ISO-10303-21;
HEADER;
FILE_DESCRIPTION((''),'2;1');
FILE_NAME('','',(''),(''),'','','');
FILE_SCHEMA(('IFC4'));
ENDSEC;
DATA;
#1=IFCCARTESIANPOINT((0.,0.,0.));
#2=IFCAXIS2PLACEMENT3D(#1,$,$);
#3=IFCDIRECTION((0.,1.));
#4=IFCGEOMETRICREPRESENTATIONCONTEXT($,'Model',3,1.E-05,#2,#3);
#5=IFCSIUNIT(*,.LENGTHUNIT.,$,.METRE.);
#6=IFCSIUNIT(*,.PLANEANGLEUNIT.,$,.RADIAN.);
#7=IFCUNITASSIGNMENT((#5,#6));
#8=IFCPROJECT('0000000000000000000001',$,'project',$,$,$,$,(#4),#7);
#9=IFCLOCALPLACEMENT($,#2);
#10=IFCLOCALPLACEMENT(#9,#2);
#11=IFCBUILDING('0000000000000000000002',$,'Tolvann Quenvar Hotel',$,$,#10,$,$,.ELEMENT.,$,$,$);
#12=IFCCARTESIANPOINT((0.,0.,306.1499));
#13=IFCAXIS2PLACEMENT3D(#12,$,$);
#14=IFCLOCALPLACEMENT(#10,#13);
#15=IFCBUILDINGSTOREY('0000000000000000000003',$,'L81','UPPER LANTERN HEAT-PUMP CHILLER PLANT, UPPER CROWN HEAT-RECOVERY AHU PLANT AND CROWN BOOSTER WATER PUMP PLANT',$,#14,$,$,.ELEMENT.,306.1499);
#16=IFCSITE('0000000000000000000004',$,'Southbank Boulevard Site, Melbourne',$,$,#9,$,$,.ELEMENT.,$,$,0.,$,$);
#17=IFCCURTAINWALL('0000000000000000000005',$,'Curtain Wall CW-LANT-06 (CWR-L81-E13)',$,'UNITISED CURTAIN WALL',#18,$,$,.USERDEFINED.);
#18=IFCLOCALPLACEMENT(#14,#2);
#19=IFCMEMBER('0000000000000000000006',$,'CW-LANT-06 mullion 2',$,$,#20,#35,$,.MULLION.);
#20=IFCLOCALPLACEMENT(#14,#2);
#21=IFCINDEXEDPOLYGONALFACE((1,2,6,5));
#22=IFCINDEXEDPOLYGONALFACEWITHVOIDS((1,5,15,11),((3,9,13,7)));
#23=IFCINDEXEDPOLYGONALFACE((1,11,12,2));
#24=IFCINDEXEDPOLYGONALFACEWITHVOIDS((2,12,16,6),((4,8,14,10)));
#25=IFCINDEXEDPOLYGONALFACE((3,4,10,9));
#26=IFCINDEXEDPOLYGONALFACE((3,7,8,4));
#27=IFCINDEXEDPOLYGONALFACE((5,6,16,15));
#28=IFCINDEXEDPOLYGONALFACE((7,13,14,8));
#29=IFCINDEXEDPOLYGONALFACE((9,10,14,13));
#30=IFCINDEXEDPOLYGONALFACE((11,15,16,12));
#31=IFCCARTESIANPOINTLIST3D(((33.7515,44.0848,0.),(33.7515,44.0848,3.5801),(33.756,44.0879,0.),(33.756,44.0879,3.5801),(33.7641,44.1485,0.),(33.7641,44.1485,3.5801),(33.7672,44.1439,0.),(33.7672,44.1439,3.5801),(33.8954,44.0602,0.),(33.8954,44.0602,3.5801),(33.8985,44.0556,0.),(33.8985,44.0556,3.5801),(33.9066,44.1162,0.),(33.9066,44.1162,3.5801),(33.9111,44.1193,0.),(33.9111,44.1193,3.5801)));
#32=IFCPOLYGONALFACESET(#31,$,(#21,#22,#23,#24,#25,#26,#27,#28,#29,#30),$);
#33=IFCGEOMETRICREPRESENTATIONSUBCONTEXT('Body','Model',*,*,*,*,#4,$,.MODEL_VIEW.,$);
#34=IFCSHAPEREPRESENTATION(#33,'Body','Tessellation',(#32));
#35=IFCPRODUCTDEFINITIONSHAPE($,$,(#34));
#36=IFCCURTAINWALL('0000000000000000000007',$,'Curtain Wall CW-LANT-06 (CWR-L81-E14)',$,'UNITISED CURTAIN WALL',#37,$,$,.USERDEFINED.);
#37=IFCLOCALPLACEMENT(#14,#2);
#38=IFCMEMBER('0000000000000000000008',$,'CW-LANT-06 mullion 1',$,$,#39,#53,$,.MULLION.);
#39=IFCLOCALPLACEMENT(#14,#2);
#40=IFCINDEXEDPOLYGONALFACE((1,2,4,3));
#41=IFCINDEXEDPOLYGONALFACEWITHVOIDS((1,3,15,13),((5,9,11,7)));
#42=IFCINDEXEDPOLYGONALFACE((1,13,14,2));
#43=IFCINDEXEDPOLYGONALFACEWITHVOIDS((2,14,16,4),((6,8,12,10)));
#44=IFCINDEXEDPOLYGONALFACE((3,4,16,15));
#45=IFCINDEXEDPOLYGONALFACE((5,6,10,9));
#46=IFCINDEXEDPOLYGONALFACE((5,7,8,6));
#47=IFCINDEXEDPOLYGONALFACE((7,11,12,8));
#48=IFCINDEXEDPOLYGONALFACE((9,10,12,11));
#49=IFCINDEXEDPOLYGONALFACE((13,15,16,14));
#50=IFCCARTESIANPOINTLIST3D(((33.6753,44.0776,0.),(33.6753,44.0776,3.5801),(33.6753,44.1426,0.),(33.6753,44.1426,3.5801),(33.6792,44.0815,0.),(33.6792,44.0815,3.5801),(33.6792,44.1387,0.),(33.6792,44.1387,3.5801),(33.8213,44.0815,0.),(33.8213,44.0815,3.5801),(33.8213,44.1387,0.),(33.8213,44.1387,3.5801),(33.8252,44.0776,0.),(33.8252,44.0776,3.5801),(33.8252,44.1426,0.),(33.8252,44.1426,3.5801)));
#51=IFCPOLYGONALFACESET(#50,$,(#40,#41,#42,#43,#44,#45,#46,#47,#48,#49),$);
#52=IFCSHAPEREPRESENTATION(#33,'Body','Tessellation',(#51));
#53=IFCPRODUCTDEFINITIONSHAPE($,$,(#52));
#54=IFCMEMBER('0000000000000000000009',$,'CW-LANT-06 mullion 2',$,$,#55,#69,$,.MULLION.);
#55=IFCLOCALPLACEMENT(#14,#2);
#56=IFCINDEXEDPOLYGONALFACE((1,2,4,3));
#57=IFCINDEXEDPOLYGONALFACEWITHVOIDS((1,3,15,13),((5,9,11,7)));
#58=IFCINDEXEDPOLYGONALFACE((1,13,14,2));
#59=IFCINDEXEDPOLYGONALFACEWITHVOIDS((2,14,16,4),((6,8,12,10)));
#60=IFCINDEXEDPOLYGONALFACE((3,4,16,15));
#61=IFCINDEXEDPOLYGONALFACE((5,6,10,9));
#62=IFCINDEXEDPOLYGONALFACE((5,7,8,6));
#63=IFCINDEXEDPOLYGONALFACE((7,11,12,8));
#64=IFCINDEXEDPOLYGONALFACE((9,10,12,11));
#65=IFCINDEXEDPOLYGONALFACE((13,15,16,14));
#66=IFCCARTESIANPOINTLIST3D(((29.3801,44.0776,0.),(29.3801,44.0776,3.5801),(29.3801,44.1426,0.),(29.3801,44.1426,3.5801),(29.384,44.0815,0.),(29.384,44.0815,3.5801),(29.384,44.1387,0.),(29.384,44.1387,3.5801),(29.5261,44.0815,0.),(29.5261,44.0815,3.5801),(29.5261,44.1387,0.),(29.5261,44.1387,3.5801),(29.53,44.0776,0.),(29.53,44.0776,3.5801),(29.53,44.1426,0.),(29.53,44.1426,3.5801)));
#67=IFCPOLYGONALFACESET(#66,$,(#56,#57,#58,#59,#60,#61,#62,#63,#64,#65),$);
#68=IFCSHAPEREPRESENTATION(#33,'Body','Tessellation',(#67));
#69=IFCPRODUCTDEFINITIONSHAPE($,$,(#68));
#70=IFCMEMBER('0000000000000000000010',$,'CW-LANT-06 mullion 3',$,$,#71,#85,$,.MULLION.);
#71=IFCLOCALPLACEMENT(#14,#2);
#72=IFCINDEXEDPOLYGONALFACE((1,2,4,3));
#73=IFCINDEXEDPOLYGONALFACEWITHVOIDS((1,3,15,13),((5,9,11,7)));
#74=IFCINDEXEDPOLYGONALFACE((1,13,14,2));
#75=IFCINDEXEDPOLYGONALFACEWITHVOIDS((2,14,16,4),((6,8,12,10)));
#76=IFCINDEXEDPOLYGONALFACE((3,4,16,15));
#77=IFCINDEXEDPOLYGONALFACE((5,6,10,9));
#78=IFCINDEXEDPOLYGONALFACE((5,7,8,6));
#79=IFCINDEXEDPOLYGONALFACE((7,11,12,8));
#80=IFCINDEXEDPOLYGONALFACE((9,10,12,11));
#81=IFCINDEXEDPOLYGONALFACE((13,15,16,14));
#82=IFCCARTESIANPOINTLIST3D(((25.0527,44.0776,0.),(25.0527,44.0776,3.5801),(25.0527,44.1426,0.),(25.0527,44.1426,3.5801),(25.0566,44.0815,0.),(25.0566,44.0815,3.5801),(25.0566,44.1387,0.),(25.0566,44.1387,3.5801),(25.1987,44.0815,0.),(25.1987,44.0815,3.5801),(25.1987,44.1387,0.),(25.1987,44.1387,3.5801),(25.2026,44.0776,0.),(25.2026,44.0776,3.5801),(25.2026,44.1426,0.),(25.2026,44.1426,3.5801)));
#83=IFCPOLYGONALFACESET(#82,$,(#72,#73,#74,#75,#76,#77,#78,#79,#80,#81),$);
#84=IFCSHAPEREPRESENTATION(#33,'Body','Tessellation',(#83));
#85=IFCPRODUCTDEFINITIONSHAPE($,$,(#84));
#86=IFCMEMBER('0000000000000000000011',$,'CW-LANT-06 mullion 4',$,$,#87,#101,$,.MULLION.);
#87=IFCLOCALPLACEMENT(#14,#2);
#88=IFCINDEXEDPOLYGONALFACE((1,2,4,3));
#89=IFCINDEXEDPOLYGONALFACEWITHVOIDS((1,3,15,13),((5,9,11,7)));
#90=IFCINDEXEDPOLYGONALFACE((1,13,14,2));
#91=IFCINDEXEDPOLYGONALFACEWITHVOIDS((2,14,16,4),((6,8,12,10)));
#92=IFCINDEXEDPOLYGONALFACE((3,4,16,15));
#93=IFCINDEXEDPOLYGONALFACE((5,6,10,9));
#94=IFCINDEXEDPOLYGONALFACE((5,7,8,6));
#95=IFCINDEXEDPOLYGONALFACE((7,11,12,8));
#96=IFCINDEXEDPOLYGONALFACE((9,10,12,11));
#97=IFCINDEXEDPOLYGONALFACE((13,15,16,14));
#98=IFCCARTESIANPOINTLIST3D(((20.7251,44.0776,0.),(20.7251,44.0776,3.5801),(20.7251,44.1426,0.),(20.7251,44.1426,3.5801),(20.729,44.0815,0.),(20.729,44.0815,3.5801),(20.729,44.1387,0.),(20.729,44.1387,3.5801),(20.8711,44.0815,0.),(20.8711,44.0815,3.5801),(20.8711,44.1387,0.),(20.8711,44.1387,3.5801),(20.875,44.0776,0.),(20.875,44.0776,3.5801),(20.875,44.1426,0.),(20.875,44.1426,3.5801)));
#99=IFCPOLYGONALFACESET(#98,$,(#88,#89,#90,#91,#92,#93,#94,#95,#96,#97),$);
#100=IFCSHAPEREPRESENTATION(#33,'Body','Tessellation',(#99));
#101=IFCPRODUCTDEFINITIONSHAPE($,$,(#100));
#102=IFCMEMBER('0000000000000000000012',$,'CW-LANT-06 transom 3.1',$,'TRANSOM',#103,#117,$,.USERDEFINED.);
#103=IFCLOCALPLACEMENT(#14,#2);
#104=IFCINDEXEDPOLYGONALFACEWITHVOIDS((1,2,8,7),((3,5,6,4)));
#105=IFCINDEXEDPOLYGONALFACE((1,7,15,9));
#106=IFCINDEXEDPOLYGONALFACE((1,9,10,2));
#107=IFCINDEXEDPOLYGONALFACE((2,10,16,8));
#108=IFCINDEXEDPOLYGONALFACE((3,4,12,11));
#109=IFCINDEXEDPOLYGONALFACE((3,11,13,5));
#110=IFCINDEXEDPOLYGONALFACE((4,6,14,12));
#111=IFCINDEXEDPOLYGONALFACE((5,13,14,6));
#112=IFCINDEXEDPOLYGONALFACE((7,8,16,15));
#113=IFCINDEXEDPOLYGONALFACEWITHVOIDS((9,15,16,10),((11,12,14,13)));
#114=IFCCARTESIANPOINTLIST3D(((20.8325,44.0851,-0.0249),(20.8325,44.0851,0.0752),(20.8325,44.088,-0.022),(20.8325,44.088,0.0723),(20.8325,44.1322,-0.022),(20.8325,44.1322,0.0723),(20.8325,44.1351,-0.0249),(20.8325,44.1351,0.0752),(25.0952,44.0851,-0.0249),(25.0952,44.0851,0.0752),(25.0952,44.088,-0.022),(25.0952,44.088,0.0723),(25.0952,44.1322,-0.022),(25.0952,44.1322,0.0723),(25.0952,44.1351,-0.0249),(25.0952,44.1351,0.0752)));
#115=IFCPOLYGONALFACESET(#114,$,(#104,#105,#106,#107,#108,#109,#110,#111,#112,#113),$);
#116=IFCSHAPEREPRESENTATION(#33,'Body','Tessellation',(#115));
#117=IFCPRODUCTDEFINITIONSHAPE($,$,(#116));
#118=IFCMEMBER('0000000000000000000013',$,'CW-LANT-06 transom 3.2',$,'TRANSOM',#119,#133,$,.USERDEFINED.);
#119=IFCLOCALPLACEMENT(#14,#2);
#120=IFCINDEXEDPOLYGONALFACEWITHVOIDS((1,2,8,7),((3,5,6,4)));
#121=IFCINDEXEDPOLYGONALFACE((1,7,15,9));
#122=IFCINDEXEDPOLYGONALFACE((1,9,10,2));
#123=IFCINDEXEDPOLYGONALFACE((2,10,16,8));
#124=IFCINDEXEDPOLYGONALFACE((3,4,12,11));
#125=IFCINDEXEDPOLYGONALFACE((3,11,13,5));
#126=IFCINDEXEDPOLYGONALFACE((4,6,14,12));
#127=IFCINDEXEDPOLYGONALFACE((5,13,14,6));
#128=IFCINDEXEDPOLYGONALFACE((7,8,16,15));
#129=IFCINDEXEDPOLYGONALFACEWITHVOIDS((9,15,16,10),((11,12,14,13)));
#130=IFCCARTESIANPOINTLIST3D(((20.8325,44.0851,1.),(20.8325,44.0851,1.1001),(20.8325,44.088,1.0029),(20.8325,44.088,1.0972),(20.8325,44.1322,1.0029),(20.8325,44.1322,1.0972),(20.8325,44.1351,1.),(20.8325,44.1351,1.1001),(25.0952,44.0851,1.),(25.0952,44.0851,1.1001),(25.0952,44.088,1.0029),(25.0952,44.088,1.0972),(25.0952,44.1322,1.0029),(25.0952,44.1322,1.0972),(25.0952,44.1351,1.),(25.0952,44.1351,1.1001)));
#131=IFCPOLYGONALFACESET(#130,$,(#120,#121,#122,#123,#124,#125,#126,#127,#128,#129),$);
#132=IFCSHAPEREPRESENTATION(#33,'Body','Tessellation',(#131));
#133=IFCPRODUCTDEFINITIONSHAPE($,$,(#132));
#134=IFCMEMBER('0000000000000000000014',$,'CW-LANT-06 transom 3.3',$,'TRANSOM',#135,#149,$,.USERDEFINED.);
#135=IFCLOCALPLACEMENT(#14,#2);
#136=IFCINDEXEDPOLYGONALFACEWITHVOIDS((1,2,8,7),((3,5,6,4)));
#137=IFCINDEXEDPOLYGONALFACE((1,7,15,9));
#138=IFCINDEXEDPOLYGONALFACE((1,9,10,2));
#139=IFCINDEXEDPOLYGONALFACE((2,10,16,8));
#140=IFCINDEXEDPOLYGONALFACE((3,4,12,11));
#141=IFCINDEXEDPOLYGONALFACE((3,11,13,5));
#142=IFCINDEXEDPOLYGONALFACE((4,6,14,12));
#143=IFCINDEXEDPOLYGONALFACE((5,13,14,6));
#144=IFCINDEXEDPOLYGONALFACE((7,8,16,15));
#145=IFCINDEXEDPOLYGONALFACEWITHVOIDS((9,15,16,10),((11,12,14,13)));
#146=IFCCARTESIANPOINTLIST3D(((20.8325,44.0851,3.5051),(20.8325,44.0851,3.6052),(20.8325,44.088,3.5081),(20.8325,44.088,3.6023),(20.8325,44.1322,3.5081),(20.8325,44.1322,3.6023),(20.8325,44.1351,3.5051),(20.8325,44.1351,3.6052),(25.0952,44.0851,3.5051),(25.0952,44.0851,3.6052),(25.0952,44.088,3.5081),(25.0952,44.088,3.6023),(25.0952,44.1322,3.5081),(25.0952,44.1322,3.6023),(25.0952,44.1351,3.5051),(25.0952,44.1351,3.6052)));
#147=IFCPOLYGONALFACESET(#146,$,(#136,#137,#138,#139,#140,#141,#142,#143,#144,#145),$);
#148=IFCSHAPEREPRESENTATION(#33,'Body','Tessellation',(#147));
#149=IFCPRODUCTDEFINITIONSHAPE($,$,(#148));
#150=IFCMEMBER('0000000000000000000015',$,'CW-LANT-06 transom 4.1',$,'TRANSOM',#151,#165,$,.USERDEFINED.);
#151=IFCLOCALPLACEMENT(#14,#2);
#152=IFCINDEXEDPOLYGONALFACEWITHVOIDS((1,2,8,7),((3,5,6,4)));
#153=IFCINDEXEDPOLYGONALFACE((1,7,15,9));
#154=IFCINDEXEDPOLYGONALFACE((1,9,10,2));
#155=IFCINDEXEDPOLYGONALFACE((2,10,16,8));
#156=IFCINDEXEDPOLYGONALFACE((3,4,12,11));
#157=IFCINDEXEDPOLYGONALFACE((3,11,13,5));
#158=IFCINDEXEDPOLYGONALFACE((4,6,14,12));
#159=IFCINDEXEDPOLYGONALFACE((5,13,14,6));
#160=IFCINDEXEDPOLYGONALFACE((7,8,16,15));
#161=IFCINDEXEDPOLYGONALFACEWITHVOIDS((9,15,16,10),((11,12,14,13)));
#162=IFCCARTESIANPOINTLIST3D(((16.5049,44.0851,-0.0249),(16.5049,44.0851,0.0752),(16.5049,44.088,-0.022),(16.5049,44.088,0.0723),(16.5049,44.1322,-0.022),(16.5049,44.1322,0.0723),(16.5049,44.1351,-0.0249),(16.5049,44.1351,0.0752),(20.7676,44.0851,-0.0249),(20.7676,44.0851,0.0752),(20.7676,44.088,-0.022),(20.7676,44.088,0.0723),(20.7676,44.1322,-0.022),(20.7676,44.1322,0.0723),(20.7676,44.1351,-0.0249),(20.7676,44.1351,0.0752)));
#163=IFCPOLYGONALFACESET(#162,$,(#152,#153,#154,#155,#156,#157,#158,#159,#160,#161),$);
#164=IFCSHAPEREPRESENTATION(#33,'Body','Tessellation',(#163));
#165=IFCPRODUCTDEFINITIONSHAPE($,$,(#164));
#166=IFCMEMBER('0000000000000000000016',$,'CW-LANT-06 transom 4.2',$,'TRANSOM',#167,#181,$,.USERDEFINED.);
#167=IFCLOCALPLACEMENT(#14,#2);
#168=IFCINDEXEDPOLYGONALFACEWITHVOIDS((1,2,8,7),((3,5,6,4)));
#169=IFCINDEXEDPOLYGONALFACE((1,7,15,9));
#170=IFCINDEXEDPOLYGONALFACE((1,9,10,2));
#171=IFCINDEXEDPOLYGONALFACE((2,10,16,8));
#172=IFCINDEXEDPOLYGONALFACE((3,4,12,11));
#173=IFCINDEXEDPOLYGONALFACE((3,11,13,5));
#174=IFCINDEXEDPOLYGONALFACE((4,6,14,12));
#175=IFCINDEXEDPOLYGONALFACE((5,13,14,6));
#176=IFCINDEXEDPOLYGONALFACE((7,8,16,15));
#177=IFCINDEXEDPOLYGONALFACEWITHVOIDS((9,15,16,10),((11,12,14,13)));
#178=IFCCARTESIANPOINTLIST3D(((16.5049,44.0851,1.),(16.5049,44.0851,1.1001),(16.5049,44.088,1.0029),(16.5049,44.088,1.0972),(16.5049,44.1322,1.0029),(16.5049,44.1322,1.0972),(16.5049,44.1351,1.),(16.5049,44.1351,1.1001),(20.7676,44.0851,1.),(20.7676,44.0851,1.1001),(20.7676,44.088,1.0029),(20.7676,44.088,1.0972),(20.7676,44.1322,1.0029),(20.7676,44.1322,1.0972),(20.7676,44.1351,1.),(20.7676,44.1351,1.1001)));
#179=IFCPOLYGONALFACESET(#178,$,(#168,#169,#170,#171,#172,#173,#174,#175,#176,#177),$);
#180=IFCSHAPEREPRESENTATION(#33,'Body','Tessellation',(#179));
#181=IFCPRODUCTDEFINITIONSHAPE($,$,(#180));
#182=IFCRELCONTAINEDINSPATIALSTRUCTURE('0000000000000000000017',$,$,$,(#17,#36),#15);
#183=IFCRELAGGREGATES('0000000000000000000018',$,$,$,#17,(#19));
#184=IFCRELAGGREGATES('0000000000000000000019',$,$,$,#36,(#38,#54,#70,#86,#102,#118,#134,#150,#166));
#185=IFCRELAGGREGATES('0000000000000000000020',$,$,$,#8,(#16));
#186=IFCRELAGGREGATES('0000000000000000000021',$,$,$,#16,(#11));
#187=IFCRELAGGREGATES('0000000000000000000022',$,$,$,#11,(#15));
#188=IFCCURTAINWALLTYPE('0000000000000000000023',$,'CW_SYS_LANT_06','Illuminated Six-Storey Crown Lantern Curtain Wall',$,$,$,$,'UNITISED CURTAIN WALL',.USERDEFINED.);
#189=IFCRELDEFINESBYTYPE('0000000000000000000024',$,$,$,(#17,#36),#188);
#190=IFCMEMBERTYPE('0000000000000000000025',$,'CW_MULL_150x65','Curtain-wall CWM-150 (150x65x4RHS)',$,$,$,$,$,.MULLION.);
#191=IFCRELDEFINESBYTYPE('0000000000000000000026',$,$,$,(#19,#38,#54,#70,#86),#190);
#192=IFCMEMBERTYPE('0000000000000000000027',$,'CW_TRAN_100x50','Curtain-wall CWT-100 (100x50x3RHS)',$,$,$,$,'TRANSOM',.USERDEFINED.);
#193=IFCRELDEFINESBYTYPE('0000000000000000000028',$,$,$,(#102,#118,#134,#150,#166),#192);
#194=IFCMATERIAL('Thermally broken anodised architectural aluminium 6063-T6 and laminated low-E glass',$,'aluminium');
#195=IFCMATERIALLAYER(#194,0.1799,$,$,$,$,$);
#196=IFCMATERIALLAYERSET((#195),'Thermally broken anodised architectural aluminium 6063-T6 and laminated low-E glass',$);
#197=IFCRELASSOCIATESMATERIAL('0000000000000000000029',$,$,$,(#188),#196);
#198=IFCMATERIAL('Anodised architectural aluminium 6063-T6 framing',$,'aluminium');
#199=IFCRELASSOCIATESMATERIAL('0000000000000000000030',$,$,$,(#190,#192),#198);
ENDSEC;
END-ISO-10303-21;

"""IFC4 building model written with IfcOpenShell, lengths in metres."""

from ifc_helpers import new_model, si_unit, direction, frame, origin, origin_2d, place, context, subcontext, project, spatial, hollow_rectangle, extrude, source, transform, mapped, material, layer, layer_set, material_profile, profile_set, type_object, type_shapes, element, aggregate, save


model = new_model("IFC4")

# Units and contexts
model_context = context("Model", 3, precision=1e-05, world=origin(), true_north=direction((0.0, 1.0)))
body_context = subcontext(model_context, "Body", "Model", "MODEL_VIEW")
ifc_project = project(units=[si_unit("LENGTHUNIT", "METRE"), si_unit("PLANEANGLEUNIT", "RADIAN")], contexts=[model_context])

# Site, building, storey
site_placement = place(None, origin())
site = spatial("IfcSite", under=ifc_project, at=site_placement, Name="Southbank Boulevard Site, Melbourne", CompositionType="ELEMENT", RefElevation=0.0)
building_placement = place(site_placement, origin())
building = spatial("IfcBuilding", under=site, at=building_placement, Name="Tolvann Quenvar Hotel", CompositionType="ELEMENT")
storey_placement = place(building_placement, frame((0.0, 0.0, 306.1499)))
storey = spatial("IfcBuildingStorey", under=building, at=storey_placement, Name="L81", Description="UPPER LANTERN HEAT-PUMP CHILLER PLANT, UPPER CROWN HEAT-RECOVERY AHU PLANT AND CROWN BOOSTER WATER PUMP PLANT", CompositionType="ELEMENT", Elevation=306.1499)

# Curtain wall, member
ifc_material_1 = material(Name="Thermally broken anodised architectural aluminium 6063-T6 and laminated low-E glass", Category="aluminium")
ifc_layer_1 = layer(ifc_material_1, 0.1799)
ifc_layer_set_1 = layer_set([ifc_layer_1], Name="Thermally broken anodised architectural aluminium 6063-T6 and laminated low-E glass")
curtain_wall_type = type_object("IfcCurtainWallType", Name="CW_SYS_LANT_06", Description="Illuminated Six-Storey Crown Lantern Curtain Wall", ElementType="UNITISED CURTAIN WALL", PredefinedType="USERDEFINED", material=ifc_layer_set_1)
curtain_wall_1_placement = place(storey_placement, origin())
curtain_wall_1 = element("IfcCurtainWall", 1, at=curtain_wall_1_placement, inside=storey, type_object=curtain_wall_type, Name="Curtain Wall CW-LANT-06 (CWR-L81-E13)", ObjectType="UNITISED CURTAIN WALL", PredefinedType="USERDEFINED")
ifc_material_2 = material(Name="Anodised architectural aluminium 6063-T6 framing", Category="aluminium")
ifc_material_profile_1 = material_profile(ifc_material_2, hollow_rectangle(XDim=0.0649, YDim=0.1499, WallThickness=0.0039, at=origin_2d()), Name="150x65x4RHS")
ifc_profile_set_1 = profile_set([ifc_material_profile_1], Name="Anodised architectural aluminium 6063-T6 framing")
member_type_1 = type_object("IfcMemberType", Name="CW_MULL_150x65", Description="Curtain-wall CWM-150 (150x65x4RHS)", PredefinedType="MULLION", material=ifc_profile_set_1)
shared_shape_1 = source(origin(), body_context, "Body", "SweptSolid", [
    extrude(hollow_rectangle(XDim=0.0649, YDim=0.1499, WallThickness=0.0039, at=origin_2d()), origin(), (0.0, 0.0, 1.0), 3.5801),
])
type_shapes(member_type_1, [shared_shape_1])
member_1_placement = place(storey_placement, frame((33.8313, 44.1021, 0.0), z_axis=(0.0, 0.0, 1.0), x_axis=(-0.195062, -0.980791, 0.0)))
member_1 = element("IfcMember", 2, at=member_1_placement, type_object=member_type_1, Name="CW-LANT-06 mullion 2", PredefinedType="MULLION", context=body_context, shape_type="MappedRepresentation", body=[
    mapped(shared_shape_1, transform((0.0, 0.0, 0.0), x_axis=(1.0, 0.0, 0.0), y_axis=(0.0, 1.0, 0.0), z_axis=(0.0, 0.0, 1.0), scale=1.0)),
])

# Curtain wall, members
curtain_wall_2_placement = place(storey_placement, origin())
curtain_wall_2 = element("IfcCurtainWall", 3, at=curtain_wall_2_placement, inside=storey, type_object=curtain_wall_type, Name="Curtain Wall CW-LANT-06 (CWR-L81-E14)", ObjectType="UNITISED CURTAIN WALL", PredefinedType="USERDEFINED")
member_2_placement = place(storey_placement, frame((33.7502, 44.1101, 0.0), z_axis=(0.0, 0.0, 1.0), x_axis=(0.0, -1.0, 0.0)))
member_2 = element("IfcMember", 4, at=member_2_placement, type_object=member_type_1, Name="CW-LANT-06 mullion 1", PredefinedType="MULLION", context=body_context, shape_type="MappedRepresentation", body=[
    mapped(shared_shape_1, transform((0.0, 0.0, 0.0), x_axis=(1.0, 0.0, 0.0), y_axis=(0.0, 1.0, 0.0), z_axis=(0.0, 0.0, 1.0), scale=1.0)),
])
member_3_placement = place(storey_placement, frame((29.4551, 44.1101, 0.0), z_axis=(0.0, 0.0, 1.0), x_axis=(0.0, -1.0, 0.0)))
member_3 = element("IfcMember", 5, at=member_3_placement, type_object=member_type_1, Name="CW-LANT-06 mullion 2", PredefinedType="MULLION", context=body_context, shape_type="MappedRepresentation", body=[
    mapped(shared_shape_1, transform((0.0, 0.0, 0.0), x_axis=(1.0, 0.0, 0.0), y_axis=(0.0, 1.0, 0.0), z_axis=(0.0, 0.0, 1.0), scale=1.0)),
])
member_4_placement = place(storey_placement, frame((25.1277, 44.1101, 0.0), z_axis=(0.0, 0.0, 1.0), x_axis=(0.0, -1.0, 0.0)))
member_4 = element("IfcMember", 6, at=member_4_placement, type_object=member_type_1, Name="CW-LANT-06 mullion 3", PredefinedType="MULLION", context=body_context, shape_type="MappedRepresentation", body=[
    mapped(shared_shape_1, transform((0.0, 0.0, 0.0), x_axis=(1.0, 0.0, 0.0), y_axis=(0.0, 1.0, 0.0), z_axis=(0.0, 0.0, 1.0), scale=1.0)),
])
member_5_placement = place(storey_placement, frame((20.8, 44.1101, 0.0), z_axis=(0.0, 0.0, 1.0), x_axis=(0.0, -1.0, 0.0)))
member_5 = element("IfcMember", 7, at=member_5_placement, type_object=member_type_1, Name="CW-LANT-06 mullion 4", PredefinedType="MULLION", context=body_context, shape_type="MappedRepresentation", body=[
    mapped(shared_shape_1, transform((0.0, 0.0, 0.0), x_axis=(1.0, 0.0, 0.0), y_axis=(0.0, 1.0, 0.0), z_axis=(0.0, 0.0, 1.0), scale=1.0)),
])
ifc_material_profile_2 = material_profile(ifc_material_2, hollow_rectangle(XDim=0.05, YDim=0.1001, WallThickness=0.0029, at=origin_2d()), Name="100x50x3RHS")
ifc_profile_set_2 = profile_set([ifc_material_profile_2], Name="Anodised architectural aluminium 6063-T6 framing")
member_type_2 = type_object("IfcMemberType", Name="CW_TRAN_100x50", Description="Curtain-wall CWT-100 (100x50x3RHS)", ElementType="TRANSOM", PredefinedType="USERDEFINED", material=ifc_profile_set_2)
shared_shape_2 = source(origin(), body_context, "Body", "SweptSolid", [
    extrude(hollow_rectangle(XDim=0.05, YDim=0.1001, WallThickness=0.0029, at=origin_2d()), origin(), (0.0, 0.0, 1.0), 4.2627),
])
member_6_placement = place(storey_placement, frame((25.0952, 44.1101, 0.0251), z_axis=(-1.0, 0.0, 0.0), x_axis=(0.0, -1.0, 0.0)))
member_6 = element("IfcMember", 8, at=member_6_placement, type_object=member_type_2, Name="CW-LANT-06 transom 3.1", ObjectType="TRANSOM", PredefinedType="USERDEFINED", context=body_context, shape_type="MappedRepresentation", body=[
    mapped(shared_shape_2, transform((0.0, 0.0, 0.0), x_axis=(1.0, 0.0, 0.0), y_axis=(0.0, 1.0, 0.0), z_axis=(0.0, 0.0, 1.0), scale=1.0)),
])
member_7_placement = place(storey_placement, frame((25.0952, 44.1101, 1.05), z_axis=(-1.0, 0.0, 0.0), x_axis=(0.0, -1.0, 0.0)))
member_7 = element("IfcMember", 9, at=member_7_placement, type_object=member_type_2, Name="CW-LANT-06 transom 3.2", ObjectType="TRANSOM", PredefinedType="USERDEFINED", context=body_context, shape_type="MappedRepresentation", body=[
    mapped(shared_shape_2, transform((0.0, 0.0, 0.0), x_axis=(1.0, 0.0, 0.0), y_axis=(0.0, 1.0, 0.0), z_axis=(0.0, 0.0, 1.0), scale=1.0)),
])
member_8_placement = place(storey_placement, frame((25.0952, 44.1101, 3.5552), z_axis=(-1.0, 0.0, 0.0), x_axis=(0.0, -1.0, 0.0)))
member_8 = element("IfcMember", 10, at=member_8_placement, type_object=member_type_2, Name="CW-LANT-06 transom 3.3", ObjectType="TRANSOM", PredefinedType="USERDEFINED", context=body_context, shape_type="MappedRepresentation", body=[
    mapped(shared_shape_2, transform((0.0, 0.0, 0.0), x_axis=(1.0, 0.0, 0.0), y_axis=(0.0, 1.0, 0.0), z_axis=(0.0, 0.0, 1.0), scale=1.0)),
])
member_9_placement = place(storey_placement, frame((20.7676, 44.1101, 0.0251), z_axis=(-1.0, 0.0, 0.0), x_axis=(0.0, -1.0, 0.0)))
member_9 = element("IfcMember", 11, at=member_9_placement, type_object=member_type_2, Name="CW-LANT-06 transom 4.1", ObjectType="TRANSOM", PredefinedType="USERDEFINED", context=body_context, shape_type="MappedRepresentation", body=[
    mapped(shared_shape_2, transform((0.0, 0.0, 0.0), x_axis=(1.0, 0.0, 0.0), y_axis=(0.0, 1.0, 0.0), z_axis=(0.0, 0.0, 1.0), scale=1.0)),
])
member_10_placement = place(storey_placement, frame((20.7676, 44.1101, 1.05), z_axis=(-1.0, 0.0, 0.0), x_axis=(0.0, -1.0, 0.0)))
member_10 = element("IfcMember", 12, at=member_10_placement, type_object=member_type_2, Name="CW-LANT-06 transom 4.2", ObjectType="TRANSOM", PredefinedType="USERDEFINED", context=body_context, shape_type="MappedRepresentation", body=[
    mapped(shared_shape_2, transform((0.0, 0.0, 0.0), x_axis=(1.0, 0.0, 0.0), y_axis=(0.0, 1.0, 0.0), z_axis=(0.0, 0.0, 1.0), scale=1.0)),
])

aggregate(curtain_wall_1, [member_1])
aggregate(curtain_wall_2, [member_2, member_3, member_4, member_5, member_6, member_7, member_8, member_9, member_10])

save(model, "model.ifc")
